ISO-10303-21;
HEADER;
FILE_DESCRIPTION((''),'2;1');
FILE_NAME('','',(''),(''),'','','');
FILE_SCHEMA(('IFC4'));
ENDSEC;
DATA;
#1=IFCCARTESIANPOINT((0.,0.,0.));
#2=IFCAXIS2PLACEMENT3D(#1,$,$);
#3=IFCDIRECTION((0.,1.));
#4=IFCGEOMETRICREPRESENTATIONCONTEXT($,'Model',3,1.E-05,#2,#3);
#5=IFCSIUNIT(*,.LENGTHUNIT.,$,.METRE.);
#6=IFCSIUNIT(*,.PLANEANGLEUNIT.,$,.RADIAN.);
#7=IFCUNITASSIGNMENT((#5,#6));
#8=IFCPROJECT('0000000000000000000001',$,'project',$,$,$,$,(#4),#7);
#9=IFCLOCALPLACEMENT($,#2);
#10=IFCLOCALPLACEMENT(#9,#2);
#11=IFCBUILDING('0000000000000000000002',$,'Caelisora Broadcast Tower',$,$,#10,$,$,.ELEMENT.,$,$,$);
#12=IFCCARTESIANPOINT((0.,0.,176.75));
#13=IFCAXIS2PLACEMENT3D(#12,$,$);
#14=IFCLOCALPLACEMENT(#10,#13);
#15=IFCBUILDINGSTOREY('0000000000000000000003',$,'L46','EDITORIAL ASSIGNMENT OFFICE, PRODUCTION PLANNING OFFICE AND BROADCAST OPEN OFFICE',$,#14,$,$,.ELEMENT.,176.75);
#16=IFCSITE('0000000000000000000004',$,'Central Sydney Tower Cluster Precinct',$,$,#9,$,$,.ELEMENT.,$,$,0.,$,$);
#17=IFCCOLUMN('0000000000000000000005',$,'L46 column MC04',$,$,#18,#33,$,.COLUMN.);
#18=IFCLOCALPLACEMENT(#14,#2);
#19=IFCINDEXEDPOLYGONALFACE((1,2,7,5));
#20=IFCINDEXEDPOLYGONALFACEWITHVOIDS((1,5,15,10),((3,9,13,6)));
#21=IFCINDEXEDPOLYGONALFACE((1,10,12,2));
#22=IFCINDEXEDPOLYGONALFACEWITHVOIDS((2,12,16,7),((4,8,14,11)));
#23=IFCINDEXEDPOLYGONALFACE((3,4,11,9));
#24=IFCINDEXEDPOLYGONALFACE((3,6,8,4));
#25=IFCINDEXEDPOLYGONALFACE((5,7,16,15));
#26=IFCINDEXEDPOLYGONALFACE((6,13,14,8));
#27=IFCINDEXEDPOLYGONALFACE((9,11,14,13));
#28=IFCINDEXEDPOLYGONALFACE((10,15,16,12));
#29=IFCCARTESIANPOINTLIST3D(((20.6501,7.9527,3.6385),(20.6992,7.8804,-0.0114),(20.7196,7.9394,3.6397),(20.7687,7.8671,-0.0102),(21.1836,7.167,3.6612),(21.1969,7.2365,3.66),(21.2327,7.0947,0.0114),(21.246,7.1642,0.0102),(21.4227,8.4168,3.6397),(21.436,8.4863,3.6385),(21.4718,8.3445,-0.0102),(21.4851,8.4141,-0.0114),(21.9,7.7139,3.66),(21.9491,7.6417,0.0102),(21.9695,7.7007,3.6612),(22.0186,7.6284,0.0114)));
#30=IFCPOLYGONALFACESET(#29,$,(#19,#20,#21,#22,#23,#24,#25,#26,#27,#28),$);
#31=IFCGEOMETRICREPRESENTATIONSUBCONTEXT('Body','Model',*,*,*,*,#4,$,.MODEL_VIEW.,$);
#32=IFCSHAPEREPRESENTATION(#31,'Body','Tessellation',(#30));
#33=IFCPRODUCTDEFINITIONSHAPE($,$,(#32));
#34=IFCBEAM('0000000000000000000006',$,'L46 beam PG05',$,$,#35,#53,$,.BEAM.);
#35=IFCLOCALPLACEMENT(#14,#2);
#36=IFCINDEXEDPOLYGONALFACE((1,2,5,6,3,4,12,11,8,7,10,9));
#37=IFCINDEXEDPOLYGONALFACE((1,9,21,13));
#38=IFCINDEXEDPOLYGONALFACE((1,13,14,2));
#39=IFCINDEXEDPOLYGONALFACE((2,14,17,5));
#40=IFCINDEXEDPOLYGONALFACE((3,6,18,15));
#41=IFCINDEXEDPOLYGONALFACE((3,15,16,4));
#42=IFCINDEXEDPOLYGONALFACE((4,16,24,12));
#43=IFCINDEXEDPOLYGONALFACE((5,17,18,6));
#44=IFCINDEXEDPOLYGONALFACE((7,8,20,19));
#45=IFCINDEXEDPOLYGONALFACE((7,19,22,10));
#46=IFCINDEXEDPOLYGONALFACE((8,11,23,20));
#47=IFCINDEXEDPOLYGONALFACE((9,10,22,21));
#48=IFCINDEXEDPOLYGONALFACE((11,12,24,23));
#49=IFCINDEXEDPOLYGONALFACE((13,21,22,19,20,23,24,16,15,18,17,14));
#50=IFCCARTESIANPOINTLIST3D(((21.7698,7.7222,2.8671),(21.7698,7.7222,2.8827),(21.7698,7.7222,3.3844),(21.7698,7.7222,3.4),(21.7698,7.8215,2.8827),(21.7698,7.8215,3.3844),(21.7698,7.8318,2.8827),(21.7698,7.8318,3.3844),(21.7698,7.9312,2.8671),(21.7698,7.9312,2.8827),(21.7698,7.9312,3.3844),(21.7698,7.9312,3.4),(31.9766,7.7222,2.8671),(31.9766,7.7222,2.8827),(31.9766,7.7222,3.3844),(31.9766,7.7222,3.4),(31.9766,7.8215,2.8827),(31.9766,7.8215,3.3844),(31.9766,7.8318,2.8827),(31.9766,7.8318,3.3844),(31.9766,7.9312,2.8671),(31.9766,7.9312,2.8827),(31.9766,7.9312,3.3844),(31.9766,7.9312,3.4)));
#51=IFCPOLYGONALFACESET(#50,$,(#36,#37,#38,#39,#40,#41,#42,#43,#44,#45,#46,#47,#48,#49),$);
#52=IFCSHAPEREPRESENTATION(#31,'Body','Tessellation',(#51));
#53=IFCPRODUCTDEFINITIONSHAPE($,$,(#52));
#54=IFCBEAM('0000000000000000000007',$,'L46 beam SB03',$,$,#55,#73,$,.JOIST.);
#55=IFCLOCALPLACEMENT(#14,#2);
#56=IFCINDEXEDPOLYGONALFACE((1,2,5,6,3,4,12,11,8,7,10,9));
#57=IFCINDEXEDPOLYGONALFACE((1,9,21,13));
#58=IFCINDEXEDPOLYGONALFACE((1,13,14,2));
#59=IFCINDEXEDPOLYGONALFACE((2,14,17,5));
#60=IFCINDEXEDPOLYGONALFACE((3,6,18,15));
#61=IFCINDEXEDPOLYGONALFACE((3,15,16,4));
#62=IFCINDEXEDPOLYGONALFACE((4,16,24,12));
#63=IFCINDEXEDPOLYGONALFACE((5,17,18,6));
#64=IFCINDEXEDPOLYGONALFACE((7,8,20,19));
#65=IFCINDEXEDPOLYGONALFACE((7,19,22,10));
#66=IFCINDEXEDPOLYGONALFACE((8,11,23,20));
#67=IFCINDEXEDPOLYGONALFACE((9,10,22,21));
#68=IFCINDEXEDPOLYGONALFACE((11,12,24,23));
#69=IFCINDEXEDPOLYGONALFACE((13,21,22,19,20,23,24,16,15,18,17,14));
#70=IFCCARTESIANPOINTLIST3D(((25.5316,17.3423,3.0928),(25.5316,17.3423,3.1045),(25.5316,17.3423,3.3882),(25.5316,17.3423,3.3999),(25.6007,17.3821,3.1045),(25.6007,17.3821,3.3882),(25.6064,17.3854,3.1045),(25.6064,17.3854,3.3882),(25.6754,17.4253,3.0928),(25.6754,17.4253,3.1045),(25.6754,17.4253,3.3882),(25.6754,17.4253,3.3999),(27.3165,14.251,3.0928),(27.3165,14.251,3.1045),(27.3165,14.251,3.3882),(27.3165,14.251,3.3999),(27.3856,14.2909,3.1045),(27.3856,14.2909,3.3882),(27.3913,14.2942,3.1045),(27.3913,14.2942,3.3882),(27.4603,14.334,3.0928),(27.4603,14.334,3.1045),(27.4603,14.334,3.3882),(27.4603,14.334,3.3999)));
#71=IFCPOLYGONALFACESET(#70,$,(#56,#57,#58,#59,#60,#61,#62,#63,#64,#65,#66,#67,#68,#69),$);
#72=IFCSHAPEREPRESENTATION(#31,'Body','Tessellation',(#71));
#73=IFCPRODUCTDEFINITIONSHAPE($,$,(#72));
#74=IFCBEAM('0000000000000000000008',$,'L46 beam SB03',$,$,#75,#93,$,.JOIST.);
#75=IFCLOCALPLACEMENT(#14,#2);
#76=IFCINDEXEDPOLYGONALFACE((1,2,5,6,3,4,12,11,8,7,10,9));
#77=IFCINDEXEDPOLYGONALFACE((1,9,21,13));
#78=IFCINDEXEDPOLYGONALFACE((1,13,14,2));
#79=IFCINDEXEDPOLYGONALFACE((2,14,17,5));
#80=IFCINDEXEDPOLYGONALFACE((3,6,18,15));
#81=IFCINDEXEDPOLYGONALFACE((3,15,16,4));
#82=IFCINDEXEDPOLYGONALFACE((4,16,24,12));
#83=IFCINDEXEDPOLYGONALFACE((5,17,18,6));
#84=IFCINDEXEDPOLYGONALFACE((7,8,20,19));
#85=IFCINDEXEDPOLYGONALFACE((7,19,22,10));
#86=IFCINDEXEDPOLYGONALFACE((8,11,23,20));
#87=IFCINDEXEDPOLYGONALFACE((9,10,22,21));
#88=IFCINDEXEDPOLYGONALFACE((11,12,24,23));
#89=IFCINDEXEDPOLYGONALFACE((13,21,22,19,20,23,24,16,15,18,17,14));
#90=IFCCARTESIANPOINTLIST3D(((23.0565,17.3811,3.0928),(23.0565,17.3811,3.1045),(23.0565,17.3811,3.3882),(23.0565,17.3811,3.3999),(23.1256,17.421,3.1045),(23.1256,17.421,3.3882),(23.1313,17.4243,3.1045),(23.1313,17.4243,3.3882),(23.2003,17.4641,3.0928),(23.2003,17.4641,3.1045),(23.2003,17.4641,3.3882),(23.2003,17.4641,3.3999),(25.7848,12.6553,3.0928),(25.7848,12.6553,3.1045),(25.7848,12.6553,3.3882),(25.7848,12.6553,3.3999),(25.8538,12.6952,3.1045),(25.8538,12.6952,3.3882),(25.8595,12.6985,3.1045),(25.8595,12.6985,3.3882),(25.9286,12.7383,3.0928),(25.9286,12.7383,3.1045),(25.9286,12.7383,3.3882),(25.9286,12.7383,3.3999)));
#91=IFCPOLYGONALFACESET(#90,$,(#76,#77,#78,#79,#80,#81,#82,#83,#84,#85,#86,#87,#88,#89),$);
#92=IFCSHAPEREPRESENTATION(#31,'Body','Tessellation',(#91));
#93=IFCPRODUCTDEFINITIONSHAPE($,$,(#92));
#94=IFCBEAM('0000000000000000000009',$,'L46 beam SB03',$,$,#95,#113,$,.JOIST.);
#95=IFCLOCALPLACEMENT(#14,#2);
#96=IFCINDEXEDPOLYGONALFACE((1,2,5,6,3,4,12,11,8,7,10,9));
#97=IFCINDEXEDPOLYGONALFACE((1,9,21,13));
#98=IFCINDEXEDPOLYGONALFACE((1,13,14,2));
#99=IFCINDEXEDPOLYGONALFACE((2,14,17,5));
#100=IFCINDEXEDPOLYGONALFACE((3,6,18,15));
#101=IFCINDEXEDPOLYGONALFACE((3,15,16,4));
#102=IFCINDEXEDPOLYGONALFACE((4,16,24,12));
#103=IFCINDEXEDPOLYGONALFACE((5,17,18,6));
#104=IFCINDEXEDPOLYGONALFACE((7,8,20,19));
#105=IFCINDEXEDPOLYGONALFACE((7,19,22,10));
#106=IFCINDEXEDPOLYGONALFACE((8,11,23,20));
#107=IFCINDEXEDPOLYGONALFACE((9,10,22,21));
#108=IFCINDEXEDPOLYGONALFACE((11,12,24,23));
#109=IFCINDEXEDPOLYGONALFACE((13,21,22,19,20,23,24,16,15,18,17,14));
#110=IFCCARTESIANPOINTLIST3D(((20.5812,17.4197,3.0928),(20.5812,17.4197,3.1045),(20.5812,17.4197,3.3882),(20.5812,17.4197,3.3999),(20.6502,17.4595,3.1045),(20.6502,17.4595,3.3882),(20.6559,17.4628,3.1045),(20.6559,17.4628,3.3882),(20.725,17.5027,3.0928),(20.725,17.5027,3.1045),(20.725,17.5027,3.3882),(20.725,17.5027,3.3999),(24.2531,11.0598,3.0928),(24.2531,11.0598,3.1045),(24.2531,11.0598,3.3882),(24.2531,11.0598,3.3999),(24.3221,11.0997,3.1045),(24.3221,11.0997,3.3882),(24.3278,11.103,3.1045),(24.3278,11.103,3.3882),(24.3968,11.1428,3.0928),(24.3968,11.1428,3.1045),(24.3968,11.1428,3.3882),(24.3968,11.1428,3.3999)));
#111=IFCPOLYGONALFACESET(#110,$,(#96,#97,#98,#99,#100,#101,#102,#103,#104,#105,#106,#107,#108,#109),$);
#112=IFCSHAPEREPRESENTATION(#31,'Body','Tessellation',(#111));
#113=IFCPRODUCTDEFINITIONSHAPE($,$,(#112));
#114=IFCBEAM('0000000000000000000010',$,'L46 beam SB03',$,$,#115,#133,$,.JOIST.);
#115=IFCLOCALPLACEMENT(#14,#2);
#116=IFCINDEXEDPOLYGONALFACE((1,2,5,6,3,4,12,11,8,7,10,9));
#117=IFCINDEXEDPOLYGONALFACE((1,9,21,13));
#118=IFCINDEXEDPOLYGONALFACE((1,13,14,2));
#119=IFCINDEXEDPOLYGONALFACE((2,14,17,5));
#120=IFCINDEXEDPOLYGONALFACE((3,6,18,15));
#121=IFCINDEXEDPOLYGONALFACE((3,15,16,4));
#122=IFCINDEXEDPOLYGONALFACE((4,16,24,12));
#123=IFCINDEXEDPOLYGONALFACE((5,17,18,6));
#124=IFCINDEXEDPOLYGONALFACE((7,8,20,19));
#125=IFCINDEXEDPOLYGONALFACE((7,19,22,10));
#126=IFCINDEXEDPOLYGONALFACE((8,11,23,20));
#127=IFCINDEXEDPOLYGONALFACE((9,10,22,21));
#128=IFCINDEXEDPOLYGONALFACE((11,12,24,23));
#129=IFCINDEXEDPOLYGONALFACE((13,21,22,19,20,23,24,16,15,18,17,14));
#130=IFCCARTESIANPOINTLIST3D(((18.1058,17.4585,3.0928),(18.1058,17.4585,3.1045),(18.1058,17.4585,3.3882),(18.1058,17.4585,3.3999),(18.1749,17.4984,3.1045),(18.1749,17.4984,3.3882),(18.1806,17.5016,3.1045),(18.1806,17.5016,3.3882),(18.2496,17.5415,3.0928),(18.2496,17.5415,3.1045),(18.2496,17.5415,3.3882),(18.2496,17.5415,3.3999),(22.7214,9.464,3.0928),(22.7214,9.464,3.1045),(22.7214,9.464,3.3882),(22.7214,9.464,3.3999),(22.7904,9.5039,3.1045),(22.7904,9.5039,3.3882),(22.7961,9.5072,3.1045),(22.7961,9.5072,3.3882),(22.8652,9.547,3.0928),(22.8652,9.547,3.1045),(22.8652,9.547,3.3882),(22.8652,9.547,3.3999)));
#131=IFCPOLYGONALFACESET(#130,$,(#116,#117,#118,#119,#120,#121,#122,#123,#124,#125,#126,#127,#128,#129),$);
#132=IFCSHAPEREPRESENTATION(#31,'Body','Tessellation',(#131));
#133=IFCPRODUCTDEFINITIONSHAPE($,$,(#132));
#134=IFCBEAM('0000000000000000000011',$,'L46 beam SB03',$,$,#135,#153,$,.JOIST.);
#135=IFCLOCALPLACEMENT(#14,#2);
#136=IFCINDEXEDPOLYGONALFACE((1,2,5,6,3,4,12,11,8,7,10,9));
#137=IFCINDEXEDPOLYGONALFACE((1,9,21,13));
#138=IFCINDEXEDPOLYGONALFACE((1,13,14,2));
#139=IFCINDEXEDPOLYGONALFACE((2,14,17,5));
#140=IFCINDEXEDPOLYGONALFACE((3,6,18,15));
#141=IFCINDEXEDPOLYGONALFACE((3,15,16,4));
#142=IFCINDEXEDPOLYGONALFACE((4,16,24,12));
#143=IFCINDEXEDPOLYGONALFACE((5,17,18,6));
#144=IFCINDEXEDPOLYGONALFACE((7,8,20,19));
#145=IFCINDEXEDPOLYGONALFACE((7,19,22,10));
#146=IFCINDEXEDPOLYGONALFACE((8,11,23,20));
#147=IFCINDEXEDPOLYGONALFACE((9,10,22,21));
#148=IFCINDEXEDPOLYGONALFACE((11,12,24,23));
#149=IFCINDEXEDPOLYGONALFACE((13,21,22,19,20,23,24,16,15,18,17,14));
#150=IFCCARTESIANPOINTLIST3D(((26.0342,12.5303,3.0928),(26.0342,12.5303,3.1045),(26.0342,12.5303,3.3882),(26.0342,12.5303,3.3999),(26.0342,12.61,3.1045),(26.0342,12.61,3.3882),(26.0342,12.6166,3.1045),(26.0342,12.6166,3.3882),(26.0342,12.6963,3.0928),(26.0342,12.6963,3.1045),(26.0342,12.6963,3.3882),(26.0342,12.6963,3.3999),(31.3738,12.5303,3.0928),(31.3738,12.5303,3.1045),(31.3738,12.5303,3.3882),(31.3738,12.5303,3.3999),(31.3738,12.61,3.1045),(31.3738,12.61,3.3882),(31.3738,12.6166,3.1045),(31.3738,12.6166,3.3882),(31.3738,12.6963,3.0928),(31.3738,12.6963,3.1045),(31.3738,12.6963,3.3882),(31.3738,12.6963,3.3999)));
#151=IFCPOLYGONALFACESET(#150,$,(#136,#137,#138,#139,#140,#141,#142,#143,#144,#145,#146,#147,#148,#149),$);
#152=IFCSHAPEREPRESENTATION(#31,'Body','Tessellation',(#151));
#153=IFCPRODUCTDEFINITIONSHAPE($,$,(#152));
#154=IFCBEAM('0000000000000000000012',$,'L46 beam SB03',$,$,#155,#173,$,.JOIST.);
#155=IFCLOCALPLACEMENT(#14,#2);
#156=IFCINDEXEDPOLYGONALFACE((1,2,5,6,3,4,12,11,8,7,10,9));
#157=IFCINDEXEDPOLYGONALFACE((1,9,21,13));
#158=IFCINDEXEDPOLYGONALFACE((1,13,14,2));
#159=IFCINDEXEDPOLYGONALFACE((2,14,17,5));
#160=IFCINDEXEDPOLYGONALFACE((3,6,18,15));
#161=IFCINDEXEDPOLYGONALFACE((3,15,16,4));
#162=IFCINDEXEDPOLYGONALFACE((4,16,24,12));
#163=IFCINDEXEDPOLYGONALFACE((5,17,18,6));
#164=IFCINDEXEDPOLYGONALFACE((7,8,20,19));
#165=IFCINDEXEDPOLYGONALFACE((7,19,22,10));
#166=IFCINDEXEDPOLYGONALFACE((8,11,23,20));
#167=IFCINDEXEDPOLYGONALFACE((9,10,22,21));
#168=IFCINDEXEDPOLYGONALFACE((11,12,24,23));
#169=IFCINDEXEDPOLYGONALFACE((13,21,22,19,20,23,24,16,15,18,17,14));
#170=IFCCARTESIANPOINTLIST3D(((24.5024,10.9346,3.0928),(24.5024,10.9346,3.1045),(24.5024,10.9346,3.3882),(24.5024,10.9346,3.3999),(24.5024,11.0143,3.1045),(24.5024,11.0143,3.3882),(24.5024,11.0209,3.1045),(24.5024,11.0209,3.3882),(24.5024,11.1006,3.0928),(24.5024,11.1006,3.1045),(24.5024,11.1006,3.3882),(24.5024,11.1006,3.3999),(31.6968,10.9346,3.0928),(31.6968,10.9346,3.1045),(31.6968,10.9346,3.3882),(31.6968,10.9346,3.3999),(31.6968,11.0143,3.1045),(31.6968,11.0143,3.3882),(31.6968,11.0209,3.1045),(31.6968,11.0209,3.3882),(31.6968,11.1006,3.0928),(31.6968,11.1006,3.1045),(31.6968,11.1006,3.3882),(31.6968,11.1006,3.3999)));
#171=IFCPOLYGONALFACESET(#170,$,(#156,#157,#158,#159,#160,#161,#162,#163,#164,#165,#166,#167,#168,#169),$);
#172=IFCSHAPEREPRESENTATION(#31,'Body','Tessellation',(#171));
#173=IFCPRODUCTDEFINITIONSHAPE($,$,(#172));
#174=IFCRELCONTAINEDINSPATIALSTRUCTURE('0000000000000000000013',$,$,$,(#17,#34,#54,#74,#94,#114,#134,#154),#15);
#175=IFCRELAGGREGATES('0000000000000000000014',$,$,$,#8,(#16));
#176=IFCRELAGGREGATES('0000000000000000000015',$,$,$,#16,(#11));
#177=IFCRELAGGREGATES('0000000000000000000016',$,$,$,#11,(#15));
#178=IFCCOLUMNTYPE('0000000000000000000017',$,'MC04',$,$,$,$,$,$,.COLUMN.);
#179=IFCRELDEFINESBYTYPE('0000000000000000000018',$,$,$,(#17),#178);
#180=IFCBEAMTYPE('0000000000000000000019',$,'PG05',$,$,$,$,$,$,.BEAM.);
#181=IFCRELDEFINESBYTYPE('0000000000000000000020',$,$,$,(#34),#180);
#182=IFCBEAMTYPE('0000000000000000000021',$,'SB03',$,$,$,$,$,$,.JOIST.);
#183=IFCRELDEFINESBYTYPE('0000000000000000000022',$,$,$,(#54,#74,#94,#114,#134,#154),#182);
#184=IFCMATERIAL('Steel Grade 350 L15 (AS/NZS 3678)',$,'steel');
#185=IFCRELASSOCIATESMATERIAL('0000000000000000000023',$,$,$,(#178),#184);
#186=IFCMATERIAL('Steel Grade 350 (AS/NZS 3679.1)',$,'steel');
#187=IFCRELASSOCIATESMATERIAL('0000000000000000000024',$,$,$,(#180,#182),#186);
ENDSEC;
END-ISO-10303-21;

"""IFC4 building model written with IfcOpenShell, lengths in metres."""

from ifc_helpers import new_model, si_unit, direction, frame, origin, origin_2d, place, context, subcontext, project, spatial, hollow_rectangle, i_section, extrude, source, transform, mapped, material, material_profile, profile_set, type_object, type_shapes, element, save


model = new_model("IFC4")

# Units and contexts
model_context = context("Model", 3, precision=1e-05, world=origin(), true_north=direction((0.0, 1.0)))
body_context = subcontext(model_context, "Body", "Model", "MODEL_VIEW")
ifc_project = project(units=[si_unit("LENGTHUNIT", "METRE"), si_unit("PLANEANGLEUNIT", "RADIAN")], contexts=[model_context])

# Site, building, storey
site_placement = place(None, origin())
site = spatial("IfcSite", under=ifc_project, at=site_placement, Name="Central Sydney Tower Cluster Precinct", CompositionType="ELEMENT", RefElevation=0.0)
building_placement = place(site_placement, origin())
building = spatial("IfcBuilding", under=site, at=building_placement, Name="Caelisora Broadcast Tower", CompositionType="ELEMENT")
storey_placement = place(building_placement, frame((0.0, 0.0, 176.75)))
storey = spatial("IfcBuildingStorey", under=building, at=storey_placement, Name="L46", Description="EDITORIAL ASSIGNMENT OFFICE, PRODUCTION PLANNING OFFICE AND BROADCAST OPEN OFFICE", CompositionType="ELEMENT", Elevation=176.75)

# Column
ifc_material_1 = material(Name="Steel Grade 350 L15 (AS/NZS 3678)", Category="steel")
ifc_material_profile_1 = material_profile(ifc_material_1, hollow_rectangle(XDim=0.95, YDim=0.95, WallThickness=0.05, at=origin_2d()), Name="Steel Grade 350 L15 (AS/NZS 3678)")
ifc_profile_set_1 = profile_set([ifc_material_profile_1], Name="Steel Grade 350 L15 (AS/NZS 3678)")
column_type = type_object("IfcColumnType", Name="MC04", PredefinedType="COLUMN", material=ifc_profile_set_1)
shared_shape_1 = source(origin(), body_context, "Body", "SweptSolid", [
    extrude(hollow_rectangle(XDim=0.95, YDim=0.95, WallThickness=0.05, at=origin_2d()), origin(), (0.0, 0.0, 1.0), 3.6509),
])
type_shapes(column_type, [shared_shape_1])
column_placement = place(storey_placement, frame((21.3589, 7.7544, 0.0), z_axis=(-0.013441, 0.019794, 0.999714), x_axis=(-0.82729, -0.561775, 0.0)))
element("IfcColumn", 1, at=column_placement, inside=storey, type_object=column_type, Name="L46 column MC04", PredefinedType="COLUMN", context=body_context, shape_type="MappedRepresentation", body=[
    mapped(shared_shape_1, transform((0.0, 0.0, 0.0), scale=1.0)),
])

# Beams
ifc_material_2 = material(Name="Steel Grade 350 (AS/NZS 3679.1)", Category="steel")
ifc_material_profile_2 = material_profile(ifc_material_2, i_section(OverallWidth=0.209, OverallDepth=0.533, WebThickness=0.0103, FlangeThickness=0.0156, at=origin_2d()), Name="Steel Grade 350 (AS/NZS 3679.1)")
ifc_profile_set_2 = profile_set([ifc_material_profile_2], Name="Steel Grade 350 (AS/NZS 3679.1)")
beam_type_1 = type_object("IfcBeamType", Name="PG05", PredefinedType="BEAM", material=ifc_profile_set_2)
shared_shape_2 = source(origin(), body_context, "Body", "SweptSolid", [
    extrude(i_section(OverallWidth=0.209, OverallDepth=0.533, WebThickness=0.0103, FlangeThickness=0.0156, at=origin_2d()), origin(), (0.0, 0.0, 1.0), 10.2068),
])
type_shapes(beam_type_1, [shared_shape_2])
beam_1_placement = place(storey_placement, frame((21.7698, 7.8267, 3.1335), z_axis=(1.0, 0.0, 0.0), x_axis=(0.0, 1.0, 0.0)))
element("IfcBeam", 2, at=beam_1_placement, inside=storey, type_object=beam_type_1, Name="L46 beam PG05", PredefinedType="BEAM", context=body_context, shape_type="MappedRepresentation", body=[
    mapped(shared_shape_2, transform((0.0, 0.0, 0.0), scale=1.0)),
])
ifc_material_profile_3 = material_profile(ifc_material_2, i_section(OverallWidth=0.166, OverallDepth=0.3071, WebThickness=0.0066, FlangeThickness=0.0117, at=origin_2d()), Name="Steel Grade 350 (AS/NZS 3679.1)")
ifc_profile_set_3 = profile_set([ifc_material_profile_3], Name="Steel Grade 350 (AS/NZS 3679.1)")
beam_type_2 = type_object("IfcBeamType", Name="SB03", PredefinedType="JOIST", material=ifc_profile_set_3)
shared_shape_3 = source(origin(), body_context, "Body", "SweptSolid", [
    extrude(i_section(OverallWidth=0.166, OverallDepth=0.3071, WebThickness=0.0066, FlangeThickness=0.0117, at=origin_2d()), origin(), (0.0, 0.0, 1.0), 3.5696),
])
beam_2_placement = place(storey_placement, frame((25.6035, 17.3838, 3.2463), z_axis=(0.50003, -0.866008, 0.0), x_axis=(0.866008, 0.50003, 0.0)))
element("IfcBeam", 3, at=beam_2_placement, inside=storey, type_object=beam_type_2, Name="L46 beam SB03", PredefinedType="JOIST", context=body_context, shape_type="MappedRepresentation", body=[
    mapped(shared_shape_3, transform((0.0, 0.0, 0.0), scale=1.0)),
])
shared_shape_4 = source(origin(), body_context, "Body", "SweptSolid", [
    extrude(i_section(OverallWidth=0.166, OverallDepth=0.3071, WebThickness=0.0066, FlangeThickness=0.0117, at=origin_2d()), origin(), (0.0, 0.0, 1.0), 5.4568),
])
beam_3_placement = place(storey_placement, frame((23.1284, 17.4226, 3.2463), z_axis=(0.499974, -0.86604, 0.0), x_axis=(0.86604, 0.499974, 0.0)))
element("IfcBeam", 4, at=beam_3_placement, inside=storey, type_object=beam_type_2, Name="L46 beam SB03", PredefinedType="JOIST", context=body_context, shape_type="MappedRepresentation", body=[
    mapped(shared_shape_4, transform((0.0, 0.0, 0.0), scale=1.0)),
])
shared_shape_5 = source(origin(), body_context, "Body", "SweptSolid", [
    extrude(i_section(OverallWidth=0.166, OverallDepth=0.3071, WebThickness=0.0066, FlangeThickness=0.0117, at=origin_2d()), origin(), (0.0, 0.0, 1.0), 7.3438),
])
beam_4_placement = place(storey_placement, frame((20.6531, 17.4612, 3.2463), z_axis=(0.500001, -0.866025, 0.0), x_axis=(0.866025, 0.500001, 0.0)))
element("IfcBeam", 5, at=beam_4_placement, inside=storey, type_object=beam_type_2, Name="L46 beam SB03", PredefinedType="JOIST", context=body_context, shape_type="MappedRepresentation", body=[
    mapped(shared_shape_5, transform((0.0, 0.0, 0.0), scale=1.0)),
])
shared_shape_6 = source(origin(), body_context, "Body", "SweptSolid", [
    extrude(i_section(OverallWidth=0.166, OverallDepth=0.3071, WebThickness=0.0066, FlangeThickness=0.0117, at=origin_2d()), origin(), (0.0, 0.0, 1.0), 9.2312),
])
beam_5_placement = place(storey_placement, frame((18.1777, 17.5, 3.2463), z_axis=(0.499993, -0.866029, 0.0), x_axis=(0.866029, 0.499993, 0.0)))
element("IfcBeam", 6, at=beam_5_placement, inside=storey, type_object=beam_type_2, Name="L46 beam SB03", PredefinedType="JOIST", context=body_context, shape_type="MappedRepresentation", body=[
    mapped(shared_shape_6, transform((0.0, 0.0, 0.0), scale=1.0)),
])
shared_shape_7 = source(origin(), body_context, "Body", "SweptSolid", [
    extrude(i_section(OverallWidth=0.166, OverallDepth=0.3071, WebThickness=0.0066, FlangeThickness=0.0117, at=origin_2d()), origin(), (0.0, 0.0, 1.0), 5.3396),
])
beam_6_placement = place(storey_placement, frame((26.0342, 12.6133, 3.2463), z_axis=(1.0, 0.0, 0.0), x_axis=(0.0, 1.0, 0.0)))
element("IfcBeam", 7, at=beam_6_placement, inside=storey, type_object=beam_type_2, Name="L46 beam SB03", PredefinedType="JOIST", context=body_context, shape_type="MappedRepresentation", body=[
    mapped(shared_shape_7, transform((0.0, 0.0, 0.0), scale=1.0)),
])
shared_shape_8 = source(origin(), body_context, "Body", "SweptSolid", [
    extrude(i_section(OverallWidth=0.166, OverallDepth=0.3071, WebThickness=0.0066, FlangeThickness=0.0117, at=origin_2d()), origin(), (0.0, 0.0, 1.0), 7.1943),
])
beam_7_placement = place(storey_placement, frame((24.5024, 11.0176, 3.2463), z_axis=(1.0, 0.0, 0.0), x_axis=(0.0, 1.0, 0.0)))
element("IfcBeam", 8, at=beam_7_placement, inside=storey, type_object=beam_type_2, Name="L46 beam SB03", PredefinedType="JOIST", context=body_context, shape_type="MappedRepresentation", body=[
    mapped(shared_shape_8, transform((0.0, 0.0, 0.0), scale=1.0)),
])

save(model, "model.ifc")
